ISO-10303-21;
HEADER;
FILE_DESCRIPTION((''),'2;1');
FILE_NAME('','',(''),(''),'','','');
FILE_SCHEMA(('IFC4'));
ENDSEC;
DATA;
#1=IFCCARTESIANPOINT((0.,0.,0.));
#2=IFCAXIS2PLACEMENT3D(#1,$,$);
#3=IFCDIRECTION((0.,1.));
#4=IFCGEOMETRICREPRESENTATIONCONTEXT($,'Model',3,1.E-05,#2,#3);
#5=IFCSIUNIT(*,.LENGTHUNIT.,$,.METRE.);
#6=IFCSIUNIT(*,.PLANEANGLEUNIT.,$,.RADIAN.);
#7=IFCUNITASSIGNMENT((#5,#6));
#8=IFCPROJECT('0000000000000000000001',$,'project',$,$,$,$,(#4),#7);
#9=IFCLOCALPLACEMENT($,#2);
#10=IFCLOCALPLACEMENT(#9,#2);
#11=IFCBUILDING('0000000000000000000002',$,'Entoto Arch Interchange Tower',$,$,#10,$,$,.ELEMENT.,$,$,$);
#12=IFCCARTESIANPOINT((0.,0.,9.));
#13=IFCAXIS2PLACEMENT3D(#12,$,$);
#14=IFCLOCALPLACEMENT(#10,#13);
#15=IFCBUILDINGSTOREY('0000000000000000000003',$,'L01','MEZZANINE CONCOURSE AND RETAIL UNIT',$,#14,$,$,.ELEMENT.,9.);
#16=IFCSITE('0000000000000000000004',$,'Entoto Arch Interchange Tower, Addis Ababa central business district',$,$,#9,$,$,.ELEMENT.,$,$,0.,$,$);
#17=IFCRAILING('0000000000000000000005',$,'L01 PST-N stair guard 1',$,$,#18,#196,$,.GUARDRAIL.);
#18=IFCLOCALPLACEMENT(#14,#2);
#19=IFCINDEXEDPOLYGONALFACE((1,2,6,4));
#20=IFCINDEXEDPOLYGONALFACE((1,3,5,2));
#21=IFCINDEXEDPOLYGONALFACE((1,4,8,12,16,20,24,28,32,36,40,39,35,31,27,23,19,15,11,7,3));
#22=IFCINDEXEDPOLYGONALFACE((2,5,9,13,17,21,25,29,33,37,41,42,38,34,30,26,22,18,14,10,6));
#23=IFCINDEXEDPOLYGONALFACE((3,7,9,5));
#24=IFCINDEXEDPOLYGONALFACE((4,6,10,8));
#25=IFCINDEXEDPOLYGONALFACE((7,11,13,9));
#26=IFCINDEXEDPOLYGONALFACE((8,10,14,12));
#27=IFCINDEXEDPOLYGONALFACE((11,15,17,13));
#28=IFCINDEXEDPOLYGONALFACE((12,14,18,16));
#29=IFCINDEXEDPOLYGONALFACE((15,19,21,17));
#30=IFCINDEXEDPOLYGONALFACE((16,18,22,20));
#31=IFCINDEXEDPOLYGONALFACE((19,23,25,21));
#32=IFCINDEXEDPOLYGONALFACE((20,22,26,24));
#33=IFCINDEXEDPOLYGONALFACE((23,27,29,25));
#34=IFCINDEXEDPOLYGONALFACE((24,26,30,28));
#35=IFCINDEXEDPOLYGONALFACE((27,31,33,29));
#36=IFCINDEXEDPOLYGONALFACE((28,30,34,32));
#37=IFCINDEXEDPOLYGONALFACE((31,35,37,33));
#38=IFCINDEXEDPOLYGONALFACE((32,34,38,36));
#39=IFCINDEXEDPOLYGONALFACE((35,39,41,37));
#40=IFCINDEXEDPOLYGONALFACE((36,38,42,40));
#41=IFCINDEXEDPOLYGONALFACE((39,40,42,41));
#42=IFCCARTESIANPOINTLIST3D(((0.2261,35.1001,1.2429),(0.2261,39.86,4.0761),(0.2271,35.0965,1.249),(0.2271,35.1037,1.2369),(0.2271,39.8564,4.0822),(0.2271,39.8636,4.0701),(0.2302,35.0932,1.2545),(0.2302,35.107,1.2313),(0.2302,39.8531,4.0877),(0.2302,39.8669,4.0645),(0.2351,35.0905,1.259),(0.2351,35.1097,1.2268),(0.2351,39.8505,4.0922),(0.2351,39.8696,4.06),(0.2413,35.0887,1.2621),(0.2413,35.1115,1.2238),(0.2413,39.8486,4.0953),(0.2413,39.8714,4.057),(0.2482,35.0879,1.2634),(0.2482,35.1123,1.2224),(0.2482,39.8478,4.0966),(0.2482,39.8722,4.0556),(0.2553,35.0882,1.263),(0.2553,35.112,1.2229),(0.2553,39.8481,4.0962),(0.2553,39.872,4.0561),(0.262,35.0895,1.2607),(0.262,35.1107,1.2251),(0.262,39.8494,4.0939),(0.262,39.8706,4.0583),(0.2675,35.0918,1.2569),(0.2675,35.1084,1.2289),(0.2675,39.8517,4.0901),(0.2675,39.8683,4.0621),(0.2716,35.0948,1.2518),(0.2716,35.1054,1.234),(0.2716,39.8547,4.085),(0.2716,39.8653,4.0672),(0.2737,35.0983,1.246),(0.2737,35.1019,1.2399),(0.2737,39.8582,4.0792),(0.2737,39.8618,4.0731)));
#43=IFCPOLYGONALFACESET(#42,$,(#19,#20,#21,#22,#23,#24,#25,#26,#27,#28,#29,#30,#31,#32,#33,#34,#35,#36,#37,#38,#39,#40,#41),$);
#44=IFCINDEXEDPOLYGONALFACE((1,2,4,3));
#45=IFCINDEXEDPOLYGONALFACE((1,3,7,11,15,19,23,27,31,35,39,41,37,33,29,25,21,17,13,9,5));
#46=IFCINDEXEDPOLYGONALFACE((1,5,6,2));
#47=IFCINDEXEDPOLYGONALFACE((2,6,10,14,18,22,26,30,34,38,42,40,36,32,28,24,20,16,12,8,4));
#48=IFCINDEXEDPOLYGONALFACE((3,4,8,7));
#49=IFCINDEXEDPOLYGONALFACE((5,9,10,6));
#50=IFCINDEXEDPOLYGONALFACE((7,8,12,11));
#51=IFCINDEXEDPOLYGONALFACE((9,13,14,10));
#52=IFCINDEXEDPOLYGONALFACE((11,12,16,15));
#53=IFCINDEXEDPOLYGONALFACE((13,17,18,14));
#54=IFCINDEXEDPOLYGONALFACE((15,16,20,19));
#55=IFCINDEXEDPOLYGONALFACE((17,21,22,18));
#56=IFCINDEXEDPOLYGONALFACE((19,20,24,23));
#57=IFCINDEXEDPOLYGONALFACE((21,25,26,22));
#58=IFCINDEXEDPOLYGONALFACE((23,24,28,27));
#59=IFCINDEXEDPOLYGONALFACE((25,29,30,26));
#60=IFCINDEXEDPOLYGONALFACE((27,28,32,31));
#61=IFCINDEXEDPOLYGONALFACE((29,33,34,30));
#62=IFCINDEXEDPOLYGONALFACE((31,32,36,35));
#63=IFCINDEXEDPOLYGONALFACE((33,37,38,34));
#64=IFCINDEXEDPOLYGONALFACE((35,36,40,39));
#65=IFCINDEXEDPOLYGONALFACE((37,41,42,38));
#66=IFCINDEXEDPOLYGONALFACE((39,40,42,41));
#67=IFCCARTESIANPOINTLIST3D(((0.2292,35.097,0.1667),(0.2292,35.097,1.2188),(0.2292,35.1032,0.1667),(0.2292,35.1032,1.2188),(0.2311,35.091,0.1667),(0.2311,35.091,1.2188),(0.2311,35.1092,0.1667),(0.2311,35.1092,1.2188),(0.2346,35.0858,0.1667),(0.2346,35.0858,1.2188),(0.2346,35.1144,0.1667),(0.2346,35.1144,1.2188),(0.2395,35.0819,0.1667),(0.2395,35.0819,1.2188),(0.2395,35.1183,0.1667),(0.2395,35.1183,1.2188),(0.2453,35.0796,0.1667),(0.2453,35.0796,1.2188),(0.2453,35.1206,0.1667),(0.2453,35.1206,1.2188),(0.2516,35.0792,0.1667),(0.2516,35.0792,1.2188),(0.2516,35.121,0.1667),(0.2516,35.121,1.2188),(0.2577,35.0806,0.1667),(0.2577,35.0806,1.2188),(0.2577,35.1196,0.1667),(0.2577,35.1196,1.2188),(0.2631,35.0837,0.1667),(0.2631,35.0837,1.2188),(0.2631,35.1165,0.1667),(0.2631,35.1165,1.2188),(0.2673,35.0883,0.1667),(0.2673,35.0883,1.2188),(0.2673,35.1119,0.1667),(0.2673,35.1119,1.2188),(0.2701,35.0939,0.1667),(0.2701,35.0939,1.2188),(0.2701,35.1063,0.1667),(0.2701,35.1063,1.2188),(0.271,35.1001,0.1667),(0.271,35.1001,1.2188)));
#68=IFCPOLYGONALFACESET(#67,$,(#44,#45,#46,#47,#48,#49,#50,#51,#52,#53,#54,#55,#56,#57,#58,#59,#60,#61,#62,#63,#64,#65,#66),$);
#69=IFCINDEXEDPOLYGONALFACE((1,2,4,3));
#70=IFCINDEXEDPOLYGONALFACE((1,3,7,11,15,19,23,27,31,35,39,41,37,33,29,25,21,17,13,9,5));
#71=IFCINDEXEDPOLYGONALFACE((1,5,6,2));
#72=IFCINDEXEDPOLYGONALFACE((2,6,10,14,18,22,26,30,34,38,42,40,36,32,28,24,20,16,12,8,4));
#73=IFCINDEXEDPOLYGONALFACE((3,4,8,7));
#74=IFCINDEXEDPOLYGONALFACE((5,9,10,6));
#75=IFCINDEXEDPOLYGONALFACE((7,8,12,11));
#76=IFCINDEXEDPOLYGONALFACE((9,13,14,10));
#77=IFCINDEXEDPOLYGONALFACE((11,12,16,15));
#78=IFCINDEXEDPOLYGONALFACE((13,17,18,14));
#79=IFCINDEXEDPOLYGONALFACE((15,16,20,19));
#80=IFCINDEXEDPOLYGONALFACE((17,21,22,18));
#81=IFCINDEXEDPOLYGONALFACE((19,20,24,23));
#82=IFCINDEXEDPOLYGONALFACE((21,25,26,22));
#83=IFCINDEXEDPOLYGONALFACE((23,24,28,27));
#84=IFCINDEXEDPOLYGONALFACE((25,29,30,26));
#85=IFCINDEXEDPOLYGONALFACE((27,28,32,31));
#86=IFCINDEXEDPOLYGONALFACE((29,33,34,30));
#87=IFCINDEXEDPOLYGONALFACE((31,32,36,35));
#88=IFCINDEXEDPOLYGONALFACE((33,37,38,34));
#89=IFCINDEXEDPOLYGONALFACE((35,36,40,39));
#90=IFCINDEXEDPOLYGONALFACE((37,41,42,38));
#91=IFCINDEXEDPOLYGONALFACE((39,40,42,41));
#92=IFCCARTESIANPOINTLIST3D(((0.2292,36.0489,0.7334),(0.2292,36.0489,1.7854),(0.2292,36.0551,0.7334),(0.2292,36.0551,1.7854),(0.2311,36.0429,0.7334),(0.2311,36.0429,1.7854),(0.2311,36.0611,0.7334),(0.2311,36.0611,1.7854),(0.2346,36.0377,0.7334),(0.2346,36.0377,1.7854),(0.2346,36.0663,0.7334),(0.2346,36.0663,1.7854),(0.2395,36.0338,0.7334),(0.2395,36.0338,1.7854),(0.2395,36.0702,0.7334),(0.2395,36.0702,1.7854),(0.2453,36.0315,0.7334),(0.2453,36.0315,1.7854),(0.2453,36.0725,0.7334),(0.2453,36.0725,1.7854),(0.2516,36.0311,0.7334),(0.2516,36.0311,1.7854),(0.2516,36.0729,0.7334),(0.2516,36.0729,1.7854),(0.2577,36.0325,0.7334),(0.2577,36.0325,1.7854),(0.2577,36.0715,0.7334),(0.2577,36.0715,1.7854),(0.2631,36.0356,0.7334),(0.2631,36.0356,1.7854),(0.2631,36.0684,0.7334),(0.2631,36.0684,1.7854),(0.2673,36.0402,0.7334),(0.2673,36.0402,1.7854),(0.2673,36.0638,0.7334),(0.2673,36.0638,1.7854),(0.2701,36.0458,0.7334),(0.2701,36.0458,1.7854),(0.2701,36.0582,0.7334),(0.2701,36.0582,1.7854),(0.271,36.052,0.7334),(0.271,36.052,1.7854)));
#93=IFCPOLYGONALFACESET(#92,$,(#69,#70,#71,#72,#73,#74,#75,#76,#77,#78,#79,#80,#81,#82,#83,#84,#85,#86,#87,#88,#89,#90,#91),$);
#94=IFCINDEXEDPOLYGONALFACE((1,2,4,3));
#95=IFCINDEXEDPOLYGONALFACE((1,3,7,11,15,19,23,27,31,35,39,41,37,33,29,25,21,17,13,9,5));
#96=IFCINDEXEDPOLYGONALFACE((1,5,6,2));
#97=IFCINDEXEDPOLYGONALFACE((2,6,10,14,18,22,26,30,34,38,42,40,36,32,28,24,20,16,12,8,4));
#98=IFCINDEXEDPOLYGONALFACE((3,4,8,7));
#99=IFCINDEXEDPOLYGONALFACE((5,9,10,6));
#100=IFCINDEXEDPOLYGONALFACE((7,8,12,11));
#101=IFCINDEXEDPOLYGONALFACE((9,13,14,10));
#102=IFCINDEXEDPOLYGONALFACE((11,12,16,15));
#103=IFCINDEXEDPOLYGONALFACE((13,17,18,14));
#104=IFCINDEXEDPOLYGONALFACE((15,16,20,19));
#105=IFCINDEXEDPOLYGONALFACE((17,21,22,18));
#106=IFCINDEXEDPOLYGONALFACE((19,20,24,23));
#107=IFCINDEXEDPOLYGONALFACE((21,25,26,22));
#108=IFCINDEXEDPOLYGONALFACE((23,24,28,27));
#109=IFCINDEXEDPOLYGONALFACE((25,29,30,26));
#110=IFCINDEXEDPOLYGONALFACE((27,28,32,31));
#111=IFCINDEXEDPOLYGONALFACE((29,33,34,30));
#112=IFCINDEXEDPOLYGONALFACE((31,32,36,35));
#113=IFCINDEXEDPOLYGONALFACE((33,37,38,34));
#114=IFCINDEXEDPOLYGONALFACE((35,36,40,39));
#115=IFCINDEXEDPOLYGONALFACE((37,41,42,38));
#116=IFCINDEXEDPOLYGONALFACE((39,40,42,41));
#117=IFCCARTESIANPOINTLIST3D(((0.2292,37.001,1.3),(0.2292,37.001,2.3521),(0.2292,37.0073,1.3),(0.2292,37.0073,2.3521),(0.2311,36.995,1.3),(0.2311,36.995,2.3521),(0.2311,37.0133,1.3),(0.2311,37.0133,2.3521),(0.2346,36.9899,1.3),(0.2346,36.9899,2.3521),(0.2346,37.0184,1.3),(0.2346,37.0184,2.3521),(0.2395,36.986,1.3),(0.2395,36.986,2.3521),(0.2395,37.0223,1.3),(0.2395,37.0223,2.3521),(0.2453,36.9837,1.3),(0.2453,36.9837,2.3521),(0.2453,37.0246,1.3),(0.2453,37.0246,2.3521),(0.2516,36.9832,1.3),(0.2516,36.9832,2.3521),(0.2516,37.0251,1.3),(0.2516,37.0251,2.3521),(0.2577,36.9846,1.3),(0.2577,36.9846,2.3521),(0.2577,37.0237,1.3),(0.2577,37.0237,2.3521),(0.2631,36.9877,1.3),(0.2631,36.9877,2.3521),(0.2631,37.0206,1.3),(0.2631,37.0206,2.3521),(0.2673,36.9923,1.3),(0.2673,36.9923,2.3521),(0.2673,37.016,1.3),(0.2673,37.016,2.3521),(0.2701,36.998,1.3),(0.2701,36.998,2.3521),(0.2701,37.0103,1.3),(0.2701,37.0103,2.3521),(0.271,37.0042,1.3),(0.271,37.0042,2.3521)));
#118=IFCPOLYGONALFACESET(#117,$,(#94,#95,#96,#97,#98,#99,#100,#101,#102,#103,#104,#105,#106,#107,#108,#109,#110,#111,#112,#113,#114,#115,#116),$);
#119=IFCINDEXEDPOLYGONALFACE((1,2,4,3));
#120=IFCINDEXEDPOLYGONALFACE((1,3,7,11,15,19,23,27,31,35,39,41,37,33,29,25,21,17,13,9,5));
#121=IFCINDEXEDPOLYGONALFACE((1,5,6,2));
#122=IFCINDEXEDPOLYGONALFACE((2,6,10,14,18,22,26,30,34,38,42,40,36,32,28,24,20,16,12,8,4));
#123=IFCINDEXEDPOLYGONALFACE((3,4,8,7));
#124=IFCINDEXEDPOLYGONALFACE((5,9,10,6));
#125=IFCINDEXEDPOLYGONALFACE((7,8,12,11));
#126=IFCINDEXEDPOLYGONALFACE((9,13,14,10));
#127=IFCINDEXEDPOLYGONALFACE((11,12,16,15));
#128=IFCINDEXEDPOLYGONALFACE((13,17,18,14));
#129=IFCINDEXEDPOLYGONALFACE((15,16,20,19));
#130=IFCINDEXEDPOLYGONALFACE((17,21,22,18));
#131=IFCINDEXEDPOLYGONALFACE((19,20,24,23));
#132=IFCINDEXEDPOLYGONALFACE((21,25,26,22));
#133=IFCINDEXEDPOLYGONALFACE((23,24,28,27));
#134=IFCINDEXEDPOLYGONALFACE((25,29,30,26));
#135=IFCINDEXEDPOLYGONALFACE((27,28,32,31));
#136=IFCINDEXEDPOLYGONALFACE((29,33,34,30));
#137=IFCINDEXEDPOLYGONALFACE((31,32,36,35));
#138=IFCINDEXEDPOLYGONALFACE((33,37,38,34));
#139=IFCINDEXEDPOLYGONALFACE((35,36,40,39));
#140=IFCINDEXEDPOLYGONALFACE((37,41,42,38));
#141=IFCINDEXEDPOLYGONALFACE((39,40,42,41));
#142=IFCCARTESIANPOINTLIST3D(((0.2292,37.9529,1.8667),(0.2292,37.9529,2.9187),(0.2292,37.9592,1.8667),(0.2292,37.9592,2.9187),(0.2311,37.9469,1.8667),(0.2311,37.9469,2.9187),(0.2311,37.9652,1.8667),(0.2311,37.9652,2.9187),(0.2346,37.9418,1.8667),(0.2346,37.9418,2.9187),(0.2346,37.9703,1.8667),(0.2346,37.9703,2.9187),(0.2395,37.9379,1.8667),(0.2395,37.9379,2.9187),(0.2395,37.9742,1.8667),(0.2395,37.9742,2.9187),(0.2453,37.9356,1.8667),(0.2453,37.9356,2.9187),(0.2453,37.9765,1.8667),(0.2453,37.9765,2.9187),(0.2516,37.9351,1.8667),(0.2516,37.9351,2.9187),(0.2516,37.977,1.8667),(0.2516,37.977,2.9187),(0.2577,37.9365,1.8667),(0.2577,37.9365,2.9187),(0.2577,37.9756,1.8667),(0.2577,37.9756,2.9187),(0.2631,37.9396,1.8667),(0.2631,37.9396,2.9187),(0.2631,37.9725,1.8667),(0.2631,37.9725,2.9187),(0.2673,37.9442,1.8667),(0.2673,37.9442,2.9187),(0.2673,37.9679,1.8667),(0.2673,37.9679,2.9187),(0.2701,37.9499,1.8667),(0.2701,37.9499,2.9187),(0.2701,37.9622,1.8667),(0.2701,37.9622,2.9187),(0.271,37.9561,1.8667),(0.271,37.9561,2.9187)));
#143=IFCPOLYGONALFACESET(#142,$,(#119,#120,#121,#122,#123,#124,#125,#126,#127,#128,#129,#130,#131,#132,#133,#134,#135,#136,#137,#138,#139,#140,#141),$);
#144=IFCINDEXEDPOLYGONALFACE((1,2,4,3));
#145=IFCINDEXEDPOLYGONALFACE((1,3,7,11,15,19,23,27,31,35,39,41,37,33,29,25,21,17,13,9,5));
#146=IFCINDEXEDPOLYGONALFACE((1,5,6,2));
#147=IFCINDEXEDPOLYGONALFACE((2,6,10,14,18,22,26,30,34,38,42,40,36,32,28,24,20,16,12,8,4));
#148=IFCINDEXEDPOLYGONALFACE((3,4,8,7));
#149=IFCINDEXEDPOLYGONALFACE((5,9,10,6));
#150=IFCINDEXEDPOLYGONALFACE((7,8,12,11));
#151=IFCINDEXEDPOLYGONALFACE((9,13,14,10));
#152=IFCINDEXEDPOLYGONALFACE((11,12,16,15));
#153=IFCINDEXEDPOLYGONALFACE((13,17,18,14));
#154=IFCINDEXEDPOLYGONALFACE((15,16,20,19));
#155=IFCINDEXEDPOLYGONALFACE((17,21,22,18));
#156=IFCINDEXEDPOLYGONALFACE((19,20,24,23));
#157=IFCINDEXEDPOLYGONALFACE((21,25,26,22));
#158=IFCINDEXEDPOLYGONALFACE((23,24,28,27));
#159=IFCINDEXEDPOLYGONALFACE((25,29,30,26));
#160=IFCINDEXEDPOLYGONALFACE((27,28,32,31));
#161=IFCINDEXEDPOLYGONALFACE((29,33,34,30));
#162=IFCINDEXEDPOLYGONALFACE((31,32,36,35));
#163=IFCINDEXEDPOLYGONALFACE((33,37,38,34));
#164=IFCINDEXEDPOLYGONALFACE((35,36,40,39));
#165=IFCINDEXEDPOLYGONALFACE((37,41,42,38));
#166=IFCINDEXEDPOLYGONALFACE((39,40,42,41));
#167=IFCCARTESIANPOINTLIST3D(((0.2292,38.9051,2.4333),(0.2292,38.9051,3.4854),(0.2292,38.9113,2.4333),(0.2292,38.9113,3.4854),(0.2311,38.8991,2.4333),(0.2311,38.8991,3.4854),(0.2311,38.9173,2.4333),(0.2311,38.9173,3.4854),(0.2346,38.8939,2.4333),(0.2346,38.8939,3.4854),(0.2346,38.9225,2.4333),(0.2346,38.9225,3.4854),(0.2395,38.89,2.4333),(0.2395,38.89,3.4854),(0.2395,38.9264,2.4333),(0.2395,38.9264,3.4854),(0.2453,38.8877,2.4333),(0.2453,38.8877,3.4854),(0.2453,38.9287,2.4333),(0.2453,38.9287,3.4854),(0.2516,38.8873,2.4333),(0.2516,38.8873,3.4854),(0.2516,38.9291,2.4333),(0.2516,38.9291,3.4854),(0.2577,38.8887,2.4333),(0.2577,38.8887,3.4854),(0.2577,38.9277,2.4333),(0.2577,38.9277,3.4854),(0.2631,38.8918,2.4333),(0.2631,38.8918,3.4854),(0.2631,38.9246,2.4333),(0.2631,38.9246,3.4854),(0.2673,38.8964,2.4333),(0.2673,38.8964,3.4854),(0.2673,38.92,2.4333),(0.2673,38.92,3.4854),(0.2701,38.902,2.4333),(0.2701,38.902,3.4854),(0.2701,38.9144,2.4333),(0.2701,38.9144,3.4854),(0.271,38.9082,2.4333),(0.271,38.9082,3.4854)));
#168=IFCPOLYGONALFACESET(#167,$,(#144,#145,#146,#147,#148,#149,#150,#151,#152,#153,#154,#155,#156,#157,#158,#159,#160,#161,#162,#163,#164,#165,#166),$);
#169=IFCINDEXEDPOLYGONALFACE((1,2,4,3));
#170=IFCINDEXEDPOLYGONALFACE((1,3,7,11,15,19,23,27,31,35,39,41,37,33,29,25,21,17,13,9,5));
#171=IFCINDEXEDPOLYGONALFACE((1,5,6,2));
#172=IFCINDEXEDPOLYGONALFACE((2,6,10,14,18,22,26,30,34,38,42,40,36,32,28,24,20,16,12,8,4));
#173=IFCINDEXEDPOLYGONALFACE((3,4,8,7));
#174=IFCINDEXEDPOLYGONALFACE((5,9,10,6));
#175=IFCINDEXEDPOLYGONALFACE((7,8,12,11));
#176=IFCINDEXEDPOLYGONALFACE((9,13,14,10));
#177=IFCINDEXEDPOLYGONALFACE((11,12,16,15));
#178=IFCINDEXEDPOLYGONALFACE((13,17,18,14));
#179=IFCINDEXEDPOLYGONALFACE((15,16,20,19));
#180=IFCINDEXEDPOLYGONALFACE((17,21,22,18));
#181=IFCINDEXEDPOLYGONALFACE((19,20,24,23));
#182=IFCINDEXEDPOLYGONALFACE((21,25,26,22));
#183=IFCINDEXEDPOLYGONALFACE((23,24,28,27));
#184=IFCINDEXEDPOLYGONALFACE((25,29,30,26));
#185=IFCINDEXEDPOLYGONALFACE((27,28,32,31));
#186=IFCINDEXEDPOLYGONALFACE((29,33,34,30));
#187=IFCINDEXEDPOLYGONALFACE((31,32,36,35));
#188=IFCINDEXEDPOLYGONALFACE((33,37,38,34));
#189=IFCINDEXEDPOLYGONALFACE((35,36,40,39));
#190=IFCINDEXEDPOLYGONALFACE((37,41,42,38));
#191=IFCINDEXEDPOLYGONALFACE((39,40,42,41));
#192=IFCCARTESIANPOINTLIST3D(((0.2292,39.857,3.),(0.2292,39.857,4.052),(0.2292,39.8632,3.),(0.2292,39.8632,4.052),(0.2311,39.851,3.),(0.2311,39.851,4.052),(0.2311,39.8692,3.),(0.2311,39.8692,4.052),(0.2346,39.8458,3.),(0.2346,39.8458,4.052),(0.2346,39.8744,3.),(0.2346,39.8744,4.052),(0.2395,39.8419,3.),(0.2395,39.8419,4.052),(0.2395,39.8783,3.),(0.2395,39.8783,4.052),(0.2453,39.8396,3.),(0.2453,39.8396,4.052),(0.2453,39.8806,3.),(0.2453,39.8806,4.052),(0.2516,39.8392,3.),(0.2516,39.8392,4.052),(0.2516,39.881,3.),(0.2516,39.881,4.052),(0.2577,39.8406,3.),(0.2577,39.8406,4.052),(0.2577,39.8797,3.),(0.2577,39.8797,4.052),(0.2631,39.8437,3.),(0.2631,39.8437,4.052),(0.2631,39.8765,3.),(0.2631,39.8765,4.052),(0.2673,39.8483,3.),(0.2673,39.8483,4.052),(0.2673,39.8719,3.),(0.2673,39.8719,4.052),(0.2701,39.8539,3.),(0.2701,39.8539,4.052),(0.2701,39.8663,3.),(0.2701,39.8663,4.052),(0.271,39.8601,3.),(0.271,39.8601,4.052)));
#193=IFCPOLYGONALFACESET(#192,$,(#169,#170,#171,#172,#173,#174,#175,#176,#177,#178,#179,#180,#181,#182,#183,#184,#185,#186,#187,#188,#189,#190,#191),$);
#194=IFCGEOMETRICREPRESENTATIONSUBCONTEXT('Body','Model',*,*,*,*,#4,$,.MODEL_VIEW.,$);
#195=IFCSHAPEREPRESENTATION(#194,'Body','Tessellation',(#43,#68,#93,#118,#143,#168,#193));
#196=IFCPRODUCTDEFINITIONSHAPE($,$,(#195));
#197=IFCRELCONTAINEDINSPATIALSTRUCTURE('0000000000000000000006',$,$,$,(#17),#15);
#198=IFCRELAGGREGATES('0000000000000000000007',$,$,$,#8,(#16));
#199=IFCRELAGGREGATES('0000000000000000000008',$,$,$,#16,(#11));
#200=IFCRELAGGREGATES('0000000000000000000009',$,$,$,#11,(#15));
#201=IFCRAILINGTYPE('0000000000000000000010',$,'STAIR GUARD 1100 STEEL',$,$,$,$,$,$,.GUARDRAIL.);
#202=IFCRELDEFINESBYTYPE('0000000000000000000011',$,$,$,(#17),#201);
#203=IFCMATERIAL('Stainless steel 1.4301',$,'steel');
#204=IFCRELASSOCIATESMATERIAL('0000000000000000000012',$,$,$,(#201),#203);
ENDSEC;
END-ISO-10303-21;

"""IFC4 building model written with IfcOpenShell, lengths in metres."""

from ifc_helpers import new_model, si_unit, direction, frame, origin, origin_2d, place, context, subcontext, project, spatial, circle, extrude, material, type_object, element, save


model = new_model("IFC4")

# Units and contexts
model_context = context("Model", 3, precision=1e-05, world=origin(), true_north=direction((0.0, 1.0)))
body_context = subcontext(model_context, "Body", "Model", "MODEL_VIEW")
ifc_project = project(units=[si_unit("LENGTHUNIT", "METRE"), si_unit("PLANEANGLEUNIT", "RADIAN")], contexts=[model_context])

# Site, building, storey
site_placement = place(None, origin())
site = spatial("IfcSite", under=ifc_project, at=site_placement, Name="Entoto Arch Interchange Tower, Addis Ababa central business district", CompositionType="ELEMENT", RefElevation=0.0)
building_placement = place(site_placement, origin())
building = spatial("IfcBuilding", under=site, at=building_placement, Name="Entoto Arch Interchange Tower", CompositionType="ELEMENT")
storey_placement = place(building_placement, frame((0.0, 0.0, 9.0)))
storey = spatial("IfcBuildingStorey", under=building, at=storey_placement, Name="L01", Description="MEZZANINE CONCOURSE AND RETAIL UNIT", CompositionType="ELEMENT", Elevation=9.0)

# Railing
ifc_material_1 = material(Name="Stainless steel 1.4301", Category="steel")
railing_type = type_object("IfcRailingType", Name="STAIR GUARD 1100 STEEL", PredefinedType="GUARDRAIL", material=ifc_material_1)
railing_1_placement = place(storey_placement, frame((0.25, 35.1001, 0.1667)))
element("IfcRailing", 1, at=railing_1_placement, inside=storey, type_object=railing_type, Name="L01 PST-N stair guard 1", PredefinedType="GUARDRAIL", context=body_context, shape_type="SweptSolid", body=[
    extrude(circle(Radius=0.0239, at=origin_2d()), frame((0.0, 0.0, 1.0762), z_axis=(0.0, 0.8593, 0.511472), x_axis=(-1.0, 0.0, 0.0)), (0.0, 0.0, 1.0), 5.5393),
    extrude(circle(Radius=0.021, at=origin_2d()), origin(), (0.0, 0.0, 1.0), 1.052),
    extrude(circle(Radius=0.021, at=origin_2d()), frame((0.0, 0.9519, 0.5667)), (0.0, 0.0, 1.0), 1.052),
    extrude(circle(Radius=0.021, at=origin_2d()), frame((0.0, 1.9041, 1.1333)), (0.0, 0.0, 1.0), 1.052),
    extrude(circle(Radius=0.021, at=origin_2d()), frame((0.0, 2.856, 1.7)), (0.0, 0.0, 1.0), 1.052),
    extrude(circle(Radius=0.021, at=origin_2d()), frame((0.0, 3.8081, 2.2666)), (0.0, 0.0, 1.0), 1.052),
    extrude(circle(Radius=0.021, at=origin_2d()), frame((0.0, 4.76, 2.8333)), (0.0, 0.0, 1.0), 1.052),
])

save(model, "model.ifc")
